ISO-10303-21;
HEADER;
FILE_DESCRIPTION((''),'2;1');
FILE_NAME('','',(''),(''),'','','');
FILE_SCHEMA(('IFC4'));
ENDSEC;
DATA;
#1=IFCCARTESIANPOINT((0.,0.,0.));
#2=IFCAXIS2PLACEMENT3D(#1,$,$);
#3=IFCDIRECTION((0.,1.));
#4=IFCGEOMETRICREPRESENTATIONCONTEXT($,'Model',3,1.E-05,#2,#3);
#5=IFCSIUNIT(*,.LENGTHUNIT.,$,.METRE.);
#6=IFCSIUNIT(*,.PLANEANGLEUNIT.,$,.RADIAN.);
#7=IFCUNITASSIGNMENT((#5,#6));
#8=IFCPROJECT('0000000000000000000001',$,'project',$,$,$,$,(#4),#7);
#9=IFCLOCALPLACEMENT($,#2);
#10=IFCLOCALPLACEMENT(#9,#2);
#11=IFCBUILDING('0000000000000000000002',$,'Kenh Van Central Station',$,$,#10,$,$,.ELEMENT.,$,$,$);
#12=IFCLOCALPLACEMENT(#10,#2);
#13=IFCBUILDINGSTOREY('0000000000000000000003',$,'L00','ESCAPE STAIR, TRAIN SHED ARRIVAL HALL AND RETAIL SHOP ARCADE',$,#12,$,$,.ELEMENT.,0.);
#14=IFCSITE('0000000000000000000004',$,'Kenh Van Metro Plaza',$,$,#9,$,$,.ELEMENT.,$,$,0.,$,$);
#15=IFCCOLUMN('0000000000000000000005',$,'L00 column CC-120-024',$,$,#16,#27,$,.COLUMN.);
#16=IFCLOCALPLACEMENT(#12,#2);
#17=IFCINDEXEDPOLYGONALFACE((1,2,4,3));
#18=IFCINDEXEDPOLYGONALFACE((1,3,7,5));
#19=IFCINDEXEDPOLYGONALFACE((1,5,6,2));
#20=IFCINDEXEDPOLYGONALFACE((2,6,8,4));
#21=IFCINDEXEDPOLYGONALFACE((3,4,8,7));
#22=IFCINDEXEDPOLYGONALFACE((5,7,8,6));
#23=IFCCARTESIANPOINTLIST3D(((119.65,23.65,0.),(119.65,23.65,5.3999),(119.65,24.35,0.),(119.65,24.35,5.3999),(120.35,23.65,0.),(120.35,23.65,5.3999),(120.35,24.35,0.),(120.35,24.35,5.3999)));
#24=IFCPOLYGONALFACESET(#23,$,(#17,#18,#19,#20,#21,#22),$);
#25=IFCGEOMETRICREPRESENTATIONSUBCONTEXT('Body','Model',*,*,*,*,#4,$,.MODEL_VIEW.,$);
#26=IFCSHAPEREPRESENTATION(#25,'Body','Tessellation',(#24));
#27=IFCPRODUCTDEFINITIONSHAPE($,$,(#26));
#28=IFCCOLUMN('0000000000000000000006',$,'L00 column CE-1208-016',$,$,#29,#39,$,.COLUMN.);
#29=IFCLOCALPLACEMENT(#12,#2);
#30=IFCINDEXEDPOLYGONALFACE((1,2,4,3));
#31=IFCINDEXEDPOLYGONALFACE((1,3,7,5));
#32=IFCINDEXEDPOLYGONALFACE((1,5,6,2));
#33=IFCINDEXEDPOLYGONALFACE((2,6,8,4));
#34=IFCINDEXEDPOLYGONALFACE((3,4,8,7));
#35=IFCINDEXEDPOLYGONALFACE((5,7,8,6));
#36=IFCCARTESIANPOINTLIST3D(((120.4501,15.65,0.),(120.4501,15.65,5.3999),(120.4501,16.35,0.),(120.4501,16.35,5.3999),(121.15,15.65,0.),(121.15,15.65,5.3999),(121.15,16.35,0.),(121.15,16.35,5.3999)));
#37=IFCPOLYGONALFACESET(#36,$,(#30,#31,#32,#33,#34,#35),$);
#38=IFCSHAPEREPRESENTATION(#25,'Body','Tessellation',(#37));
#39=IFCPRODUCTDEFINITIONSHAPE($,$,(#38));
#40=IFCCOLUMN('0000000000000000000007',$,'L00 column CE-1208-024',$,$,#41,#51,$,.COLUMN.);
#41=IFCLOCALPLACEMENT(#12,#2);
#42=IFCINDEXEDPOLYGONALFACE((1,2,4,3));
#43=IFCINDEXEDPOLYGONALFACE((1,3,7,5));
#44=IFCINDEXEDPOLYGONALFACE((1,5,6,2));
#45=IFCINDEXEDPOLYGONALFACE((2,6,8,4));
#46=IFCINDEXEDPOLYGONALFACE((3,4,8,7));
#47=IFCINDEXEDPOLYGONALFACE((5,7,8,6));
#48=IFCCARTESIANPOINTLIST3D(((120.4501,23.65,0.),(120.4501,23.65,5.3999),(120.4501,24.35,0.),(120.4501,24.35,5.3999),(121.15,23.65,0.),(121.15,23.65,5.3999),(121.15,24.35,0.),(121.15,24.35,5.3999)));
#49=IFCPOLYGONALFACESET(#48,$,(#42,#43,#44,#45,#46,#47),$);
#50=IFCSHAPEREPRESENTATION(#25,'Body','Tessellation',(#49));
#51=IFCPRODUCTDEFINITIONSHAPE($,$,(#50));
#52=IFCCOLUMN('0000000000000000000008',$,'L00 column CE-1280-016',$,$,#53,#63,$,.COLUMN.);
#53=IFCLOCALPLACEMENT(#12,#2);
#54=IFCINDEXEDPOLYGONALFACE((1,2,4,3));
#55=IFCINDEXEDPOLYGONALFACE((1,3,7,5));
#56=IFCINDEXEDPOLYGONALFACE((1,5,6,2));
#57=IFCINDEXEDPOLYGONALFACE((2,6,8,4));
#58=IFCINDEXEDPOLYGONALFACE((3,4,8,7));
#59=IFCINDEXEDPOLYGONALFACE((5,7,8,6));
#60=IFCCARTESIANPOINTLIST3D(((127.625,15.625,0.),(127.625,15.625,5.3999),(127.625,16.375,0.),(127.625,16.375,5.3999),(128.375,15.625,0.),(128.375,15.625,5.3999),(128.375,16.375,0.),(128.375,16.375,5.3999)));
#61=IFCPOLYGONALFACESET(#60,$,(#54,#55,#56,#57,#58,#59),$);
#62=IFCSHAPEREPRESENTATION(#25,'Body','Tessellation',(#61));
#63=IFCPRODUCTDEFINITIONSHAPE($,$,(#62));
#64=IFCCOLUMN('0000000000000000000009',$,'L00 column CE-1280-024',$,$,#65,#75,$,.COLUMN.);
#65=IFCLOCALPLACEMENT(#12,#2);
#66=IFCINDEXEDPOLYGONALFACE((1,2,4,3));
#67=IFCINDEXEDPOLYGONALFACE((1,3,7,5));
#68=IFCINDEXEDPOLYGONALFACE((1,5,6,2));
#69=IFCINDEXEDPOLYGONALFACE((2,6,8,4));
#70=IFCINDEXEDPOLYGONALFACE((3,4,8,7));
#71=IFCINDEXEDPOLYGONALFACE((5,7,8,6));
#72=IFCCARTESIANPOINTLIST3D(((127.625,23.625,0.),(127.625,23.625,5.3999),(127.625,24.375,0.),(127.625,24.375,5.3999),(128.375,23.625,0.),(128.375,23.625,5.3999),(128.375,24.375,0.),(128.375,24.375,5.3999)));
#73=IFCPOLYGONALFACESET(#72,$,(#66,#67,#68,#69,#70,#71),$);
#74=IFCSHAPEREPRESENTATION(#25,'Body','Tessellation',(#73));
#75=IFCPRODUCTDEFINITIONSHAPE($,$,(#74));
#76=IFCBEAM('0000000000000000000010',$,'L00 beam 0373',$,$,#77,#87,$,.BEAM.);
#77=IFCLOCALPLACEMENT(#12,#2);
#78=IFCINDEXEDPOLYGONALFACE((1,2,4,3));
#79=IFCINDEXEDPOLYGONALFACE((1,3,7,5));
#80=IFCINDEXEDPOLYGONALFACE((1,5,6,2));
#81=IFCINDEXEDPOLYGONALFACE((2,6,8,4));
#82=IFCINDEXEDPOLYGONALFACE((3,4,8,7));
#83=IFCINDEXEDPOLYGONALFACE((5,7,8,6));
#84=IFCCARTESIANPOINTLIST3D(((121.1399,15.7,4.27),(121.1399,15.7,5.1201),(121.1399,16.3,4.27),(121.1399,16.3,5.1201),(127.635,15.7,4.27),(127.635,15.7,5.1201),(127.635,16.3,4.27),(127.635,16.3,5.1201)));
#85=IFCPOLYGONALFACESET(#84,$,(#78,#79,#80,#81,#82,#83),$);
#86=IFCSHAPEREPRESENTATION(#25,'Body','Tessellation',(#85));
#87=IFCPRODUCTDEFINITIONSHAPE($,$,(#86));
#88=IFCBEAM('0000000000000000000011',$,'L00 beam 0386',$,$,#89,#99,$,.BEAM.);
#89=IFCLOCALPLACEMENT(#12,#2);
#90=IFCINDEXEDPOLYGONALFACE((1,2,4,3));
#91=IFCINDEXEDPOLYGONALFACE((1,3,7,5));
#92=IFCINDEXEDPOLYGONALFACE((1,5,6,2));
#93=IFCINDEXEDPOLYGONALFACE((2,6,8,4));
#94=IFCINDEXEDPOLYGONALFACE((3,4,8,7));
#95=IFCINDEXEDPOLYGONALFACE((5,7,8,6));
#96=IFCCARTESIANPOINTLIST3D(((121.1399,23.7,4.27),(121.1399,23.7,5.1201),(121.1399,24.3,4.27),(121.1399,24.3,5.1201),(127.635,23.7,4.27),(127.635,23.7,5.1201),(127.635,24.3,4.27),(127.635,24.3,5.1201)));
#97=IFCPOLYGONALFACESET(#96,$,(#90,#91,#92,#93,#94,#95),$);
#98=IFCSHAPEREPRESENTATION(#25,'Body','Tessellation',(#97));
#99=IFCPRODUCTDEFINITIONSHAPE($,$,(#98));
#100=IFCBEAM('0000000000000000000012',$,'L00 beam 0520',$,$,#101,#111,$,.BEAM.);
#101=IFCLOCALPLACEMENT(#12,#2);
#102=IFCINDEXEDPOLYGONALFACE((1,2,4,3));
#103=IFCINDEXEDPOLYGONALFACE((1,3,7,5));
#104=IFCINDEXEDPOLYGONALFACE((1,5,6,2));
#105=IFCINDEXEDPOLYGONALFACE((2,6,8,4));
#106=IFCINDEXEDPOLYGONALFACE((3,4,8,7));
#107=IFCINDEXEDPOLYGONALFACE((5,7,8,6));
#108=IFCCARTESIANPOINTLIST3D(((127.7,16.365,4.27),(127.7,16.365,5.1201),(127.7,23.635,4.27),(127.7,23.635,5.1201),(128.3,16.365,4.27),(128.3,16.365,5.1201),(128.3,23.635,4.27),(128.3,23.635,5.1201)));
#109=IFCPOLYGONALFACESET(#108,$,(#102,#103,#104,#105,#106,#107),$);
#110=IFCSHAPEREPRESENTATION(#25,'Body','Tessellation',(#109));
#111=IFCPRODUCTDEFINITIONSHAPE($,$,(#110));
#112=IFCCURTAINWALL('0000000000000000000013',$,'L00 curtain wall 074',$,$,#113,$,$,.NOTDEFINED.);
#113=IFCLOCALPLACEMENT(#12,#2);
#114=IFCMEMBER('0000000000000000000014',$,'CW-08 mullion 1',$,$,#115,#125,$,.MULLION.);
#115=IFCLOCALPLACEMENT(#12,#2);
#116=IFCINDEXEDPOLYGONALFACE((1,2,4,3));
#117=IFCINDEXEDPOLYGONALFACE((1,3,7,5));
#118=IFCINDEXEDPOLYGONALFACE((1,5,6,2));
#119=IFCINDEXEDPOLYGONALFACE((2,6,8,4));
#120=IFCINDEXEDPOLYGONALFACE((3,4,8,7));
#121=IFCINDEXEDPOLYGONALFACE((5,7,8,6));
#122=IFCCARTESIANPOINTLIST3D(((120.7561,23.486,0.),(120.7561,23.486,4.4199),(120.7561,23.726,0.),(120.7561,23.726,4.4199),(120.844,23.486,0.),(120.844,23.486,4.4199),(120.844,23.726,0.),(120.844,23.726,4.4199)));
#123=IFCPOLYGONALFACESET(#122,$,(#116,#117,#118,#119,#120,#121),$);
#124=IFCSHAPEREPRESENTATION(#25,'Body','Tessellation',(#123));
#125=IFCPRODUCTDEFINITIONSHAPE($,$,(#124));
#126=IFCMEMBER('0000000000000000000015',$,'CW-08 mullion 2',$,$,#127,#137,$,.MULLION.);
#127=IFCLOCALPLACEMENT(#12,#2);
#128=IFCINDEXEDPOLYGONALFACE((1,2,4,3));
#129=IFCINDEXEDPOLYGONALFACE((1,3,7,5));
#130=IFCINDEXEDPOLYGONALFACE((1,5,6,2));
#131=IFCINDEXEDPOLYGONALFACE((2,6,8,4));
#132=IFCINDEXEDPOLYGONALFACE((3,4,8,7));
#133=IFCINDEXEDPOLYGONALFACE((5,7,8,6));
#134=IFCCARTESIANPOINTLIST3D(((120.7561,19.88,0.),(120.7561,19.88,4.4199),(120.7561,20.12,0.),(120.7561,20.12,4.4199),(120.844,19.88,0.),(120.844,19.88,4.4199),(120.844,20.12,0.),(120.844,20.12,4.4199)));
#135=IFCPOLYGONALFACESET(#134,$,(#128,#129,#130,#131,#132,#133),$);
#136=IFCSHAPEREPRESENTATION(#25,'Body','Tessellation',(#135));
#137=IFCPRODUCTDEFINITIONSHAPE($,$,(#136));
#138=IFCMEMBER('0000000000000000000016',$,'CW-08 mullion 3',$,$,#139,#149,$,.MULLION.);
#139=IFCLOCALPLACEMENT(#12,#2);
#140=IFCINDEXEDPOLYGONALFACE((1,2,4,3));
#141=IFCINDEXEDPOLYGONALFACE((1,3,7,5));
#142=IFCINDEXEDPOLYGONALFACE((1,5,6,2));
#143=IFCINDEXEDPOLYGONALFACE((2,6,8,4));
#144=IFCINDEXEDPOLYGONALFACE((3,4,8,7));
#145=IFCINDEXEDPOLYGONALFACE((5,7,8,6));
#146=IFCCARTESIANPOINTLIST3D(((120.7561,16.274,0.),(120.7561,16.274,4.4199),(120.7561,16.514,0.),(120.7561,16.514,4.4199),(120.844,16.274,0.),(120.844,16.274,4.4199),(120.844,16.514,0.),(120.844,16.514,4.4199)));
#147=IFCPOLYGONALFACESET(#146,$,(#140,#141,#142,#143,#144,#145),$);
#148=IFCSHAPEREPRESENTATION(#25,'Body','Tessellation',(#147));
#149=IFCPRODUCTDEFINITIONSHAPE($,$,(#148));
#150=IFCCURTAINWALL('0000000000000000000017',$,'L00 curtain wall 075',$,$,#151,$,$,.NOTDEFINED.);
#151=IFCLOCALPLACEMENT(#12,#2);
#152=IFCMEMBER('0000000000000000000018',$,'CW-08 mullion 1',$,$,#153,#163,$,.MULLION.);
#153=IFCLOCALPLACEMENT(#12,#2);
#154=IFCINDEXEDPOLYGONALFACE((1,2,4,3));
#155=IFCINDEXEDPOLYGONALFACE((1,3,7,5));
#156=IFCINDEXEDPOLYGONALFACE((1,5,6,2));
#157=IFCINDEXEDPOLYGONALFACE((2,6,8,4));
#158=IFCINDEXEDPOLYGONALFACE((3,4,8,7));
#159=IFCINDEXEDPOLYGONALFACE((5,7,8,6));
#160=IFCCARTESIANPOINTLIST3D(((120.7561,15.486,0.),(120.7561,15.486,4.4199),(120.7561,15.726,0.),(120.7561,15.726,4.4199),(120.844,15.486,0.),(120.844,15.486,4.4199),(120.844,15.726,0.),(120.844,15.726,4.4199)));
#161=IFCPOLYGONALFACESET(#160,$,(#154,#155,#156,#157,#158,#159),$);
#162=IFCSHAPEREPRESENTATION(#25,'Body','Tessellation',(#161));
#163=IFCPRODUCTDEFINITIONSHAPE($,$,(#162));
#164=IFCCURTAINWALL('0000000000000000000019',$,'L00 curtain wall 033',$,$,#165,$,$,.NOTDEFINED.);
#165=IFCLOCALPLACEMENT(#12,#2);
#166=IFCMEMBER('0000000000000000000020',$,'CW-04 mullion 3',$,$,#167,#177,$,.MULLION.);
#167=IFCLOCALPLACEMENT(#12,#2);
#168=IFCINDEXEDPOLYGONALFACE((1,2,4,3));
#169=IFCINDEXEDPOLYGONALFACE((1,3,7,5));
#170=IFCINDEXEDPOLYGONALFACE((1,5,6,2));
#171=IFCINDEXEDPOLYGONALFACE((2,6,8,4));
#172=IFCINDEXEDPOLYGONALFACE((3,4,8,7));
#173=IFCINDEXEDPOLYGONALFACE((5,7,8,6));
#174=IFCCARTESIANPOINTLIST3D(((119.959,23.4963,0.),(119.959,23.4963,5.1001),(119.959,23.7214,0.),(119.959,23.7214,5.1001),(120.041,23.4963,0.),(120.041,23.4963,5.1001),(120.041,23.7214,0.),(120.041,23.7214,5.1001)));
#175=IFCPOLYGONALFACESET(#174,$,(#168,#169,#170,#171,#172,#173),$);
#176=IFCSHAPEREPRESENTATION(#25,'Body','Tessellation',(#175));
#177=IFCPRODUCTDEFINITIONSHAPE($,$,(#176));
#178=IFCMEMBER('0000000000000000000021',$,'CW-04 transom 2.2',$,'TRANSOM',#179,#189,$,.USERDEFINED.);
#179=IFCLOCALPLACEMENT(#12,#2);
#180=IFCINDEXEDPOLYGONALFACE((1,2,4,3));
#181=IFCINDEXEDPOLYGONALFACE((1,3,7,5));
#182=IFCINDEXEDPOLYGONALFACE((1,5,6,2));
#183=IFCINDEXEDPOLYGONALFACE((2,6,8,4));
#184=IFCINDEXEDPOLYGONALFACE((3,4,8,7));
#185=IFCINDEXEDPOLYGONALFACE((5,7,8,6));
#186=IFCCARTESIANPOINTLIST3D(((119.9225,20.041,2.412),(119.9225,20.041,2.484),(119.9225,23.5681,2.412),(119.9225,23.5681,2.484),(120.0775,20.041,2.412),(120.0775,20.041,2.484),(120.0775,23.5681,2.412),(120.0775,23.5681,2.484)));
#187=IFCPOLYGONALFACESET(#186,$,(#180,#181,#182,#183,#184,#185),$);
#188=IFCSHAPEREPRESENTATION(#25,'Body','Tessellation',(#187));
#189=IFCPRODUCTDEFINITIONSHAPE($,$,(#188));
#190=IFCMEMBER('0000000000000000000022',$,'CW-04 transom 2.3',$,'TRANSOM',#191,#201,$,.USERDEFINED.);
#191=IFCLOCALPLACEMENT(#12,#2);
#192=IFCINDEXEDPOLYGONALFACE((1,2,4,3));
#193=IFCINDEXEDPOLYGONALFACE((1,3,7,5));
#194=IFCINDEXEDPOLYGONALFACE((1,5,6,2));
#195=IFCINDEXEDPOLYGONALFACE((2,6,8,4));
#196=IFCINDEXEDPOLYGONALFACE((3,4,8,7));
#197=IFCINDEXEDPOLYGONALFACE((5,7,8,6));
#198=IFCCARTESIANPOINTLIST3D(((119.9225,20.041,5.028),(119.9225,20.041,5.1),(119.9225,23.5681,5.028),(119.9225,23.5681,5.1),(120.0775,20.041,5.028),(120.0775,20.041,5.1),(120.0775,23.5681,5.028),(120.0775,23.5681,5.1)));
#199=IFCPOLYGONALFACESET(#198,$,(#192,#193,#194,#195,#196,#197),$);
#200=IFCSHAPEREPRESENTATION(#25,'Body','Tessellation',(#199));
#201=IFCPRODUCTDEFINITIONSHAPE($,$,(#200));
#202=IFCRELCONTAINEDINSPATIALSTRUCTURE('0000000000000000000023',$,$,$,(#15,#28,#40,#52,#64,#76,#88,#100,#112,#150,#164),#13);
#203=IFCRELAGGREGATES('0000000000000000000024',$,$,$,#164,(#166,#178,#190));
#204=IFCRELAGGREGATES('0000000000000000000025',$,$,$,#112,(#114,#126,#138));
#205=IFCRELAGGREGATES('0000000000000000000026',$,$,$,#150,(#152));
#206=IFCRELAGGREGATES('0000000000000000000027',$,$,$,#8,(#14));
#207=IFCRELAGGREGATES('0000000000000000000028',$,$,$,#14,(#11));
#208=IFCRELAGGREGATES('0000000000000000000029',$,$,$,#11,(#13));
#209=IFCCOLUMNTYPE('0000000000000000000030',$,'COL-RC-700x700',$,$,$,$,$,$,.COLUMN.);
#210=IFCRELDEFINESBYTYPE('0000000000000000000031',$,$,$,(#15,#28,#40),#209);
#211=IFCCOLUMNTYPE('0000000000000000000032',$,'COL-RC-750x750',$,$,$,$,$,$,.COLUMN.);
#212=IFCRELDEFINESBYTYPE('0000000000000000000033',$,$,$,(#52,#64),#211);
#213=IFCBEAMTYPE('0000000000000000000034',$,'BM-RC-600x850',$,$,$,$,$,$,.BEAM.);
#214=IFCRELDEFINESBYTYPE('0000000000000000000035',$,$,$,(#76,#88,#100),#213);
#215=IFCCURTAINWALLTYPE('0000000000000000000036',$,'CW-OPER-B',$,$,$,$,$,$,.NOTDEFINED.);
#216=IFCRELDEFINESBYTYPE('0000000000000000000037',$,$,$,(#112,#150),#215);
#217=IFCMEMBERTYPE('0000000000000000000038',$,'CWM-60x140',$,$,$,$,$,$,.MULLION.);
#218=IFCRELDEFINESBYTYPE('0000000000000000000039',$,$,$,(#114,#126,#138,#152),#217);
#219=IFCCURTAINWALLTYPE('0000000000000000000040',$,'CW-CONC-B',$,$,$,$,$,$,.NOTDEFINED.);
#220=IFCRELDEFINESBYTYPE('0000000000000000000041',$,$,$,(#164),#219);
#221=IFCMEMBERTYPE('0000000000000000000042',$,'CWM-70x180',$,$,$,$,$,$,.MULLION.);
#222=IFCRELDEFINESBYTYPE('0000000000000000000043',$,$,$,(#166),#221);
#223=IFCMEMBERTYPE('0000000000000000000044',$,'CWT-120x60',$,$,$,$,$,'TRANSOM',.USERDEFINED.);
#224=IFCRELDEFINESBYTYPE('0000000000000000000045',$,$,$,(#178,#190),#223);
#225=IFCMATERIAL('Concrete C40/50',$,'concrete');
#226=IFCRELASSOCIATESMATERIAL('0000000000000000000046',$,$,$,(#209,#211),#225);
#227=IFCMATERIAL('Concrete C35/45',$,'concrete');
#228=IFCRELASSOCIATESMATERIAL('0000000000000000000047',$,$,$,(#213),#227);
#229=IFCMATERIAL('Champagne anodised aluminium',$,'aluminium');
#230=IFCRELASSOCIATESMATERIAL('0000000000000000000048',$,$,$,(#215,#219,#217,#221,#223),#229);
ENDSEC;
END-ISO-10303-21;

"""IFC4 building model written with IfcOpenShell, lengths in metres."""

from ifc_helpers import new_model, si_unit, direction, frame, origin, origin_2d, place, context, subcontext, project, spatial, rectangle, extrude, material, material_profile, profile_set, type_object, element, aggregate, save


model = new_model("IFC4")

# Units and contexts
model_context = context("Model", 3, precision=1e-05, world=origin(), true_north=direction((0.0, 1.0)))
body_context = subcontext(model_context, "Body", "Model", "MODEL_VIEW")
ifc_project = project(units=[si_unit("LENGTHUNIT", "METRE"), si_unit("PLANEANGLEUNIT", "RADIAN")], contexts=[model_context])

# Site, building, storey
site_placement = place(None, origin())
site = spatial("IfcSite", under=ifc_project, at=site_placement, Name="Kenh Van Metro Plaza", CompositionType="ELEMENT", RefElevation=0.0)
building_placement = place(site_placement, origin())
building = spatial("IfcBuilding", under=site, at=building_placement, Name="Kenh Van Central Station", CompositionType="ELEMENT")
storey_placement = place(building_placement, origin())
storey = spatial("IfcBuildingStorey", under=building, at=storey_placement, Name="L00", Description="ESCAPE STAIR, TRAIN SHED ARRIVAL HALL AND RETAIL SHOP ARCADE", CompositionType="ELEMENT", Elevation=0.0)

# Columns
ifc_material_1 = material(Name="Concrete C40/50", Category="concrete")
ifc_material_profile_1 = material_profile(ifc_material_1, rectangle(XDim=0.7, YDim=0.7, at=origin_2d()), Name="RC 700x700")
ifc_profile_set_1 = profile_set([ifc_material_profile_1], Name="Concrete C40/50")
column_type_1 = type_object("IfcColumnType", Name="COL-RC-700x700", PredefinedType="COLUMN", material=ifc_profile_set_1)
for number, where, z_axis, x_axis, name in (
    (1, (120.0, 24.0, 0.0), (0.0, 0.0, 1.0), (1.0, 0.0, 0.0), "L00 column CC-120-024"),
    (2, (120.8, 16.0, 0.0), (0.0, 0.0, 1.0), (1.0, 0.0, 0.0), "L00 column CE-1208-016"),
    (3, (120.8, 24.0, 0.0), (0.0, 0.0, 1.0), (1.0, 0.0, 0.0), "L00 column CE-1208-024"),
):
    element("IfcColumn", number, at=place(storey_placement, frame(where, z_axis=z_axis, x_axis=x_axis)), inside=storey, type_object=column_type_1, Name=name, PredefinedType="COLUMN", context=body_context, shape_type="SweptSolid", body=[
        extrude(rectangle(XDim=0.7, YDim=0.7, at=origin_2d()), origin(), (0.0, 0.0, 1.0), 5.3999),
    ])
ifc_material_profile_2 = material_profile(ifc_material_1, rectangle(XDim=0.75, YDim=0.75, at=origin_2d()), Name="RC 750x750")
ifc_profile_set_2 = profile_set([ifc_material_profile_2], Name="Concrete C40/50")
column_type_2 = type_object("IfcColumnType", Name="COL-RC-750x750", PredefinedType="COLUMN", material=ifc_profile_set_2)
for number, where, z_axis, x_axis, name in (
    (4, (128.0, 16.0, 0.0), (0.0, 0.0, 1.0), (1.0, 0.0, 0.0), "L00 column CE-1280-016"),
    (5, (128.0, 24.0, 0.0), (0.0, 0.0, 1.0), (1.0, 0.0, 0.0), "L00 column CE-1280-024"),
):
    element("IfcColumn", number, at=place(storey_placement, frame(where, z_axis=z_axis, x_axis=x_axis)), inside=storey, type_object=column_type_2, Name=name, PredefinedType="COLUMN", context=body_context, shape_type="SweptSolid", body=[
        extrude(rectangle(XDim=0.75, YDim=0.75, at=origin_2d()), origin(), (0.0, 0.0, 1.0), 5.3999),
    ])

# Beams
ifc_material_2 = material(Name="Concrete C35/45", Category="concrete")
ifc_material_profile_3 = material_profile(ifc_material_2, rectangle(XDim=0.6001, YDim=0.8501, at=origin_2d()), Name="RC 600x850")
ifc_profile_set_3 = profile_set([ifc_material_profile_3], Name="Concrete C35/45")
beam_type_1 = type_object("IfcBeamType", Name="BM-RC-600x850", PredefinedType="BEAM", material=ifc_profile_set_3)
for number, where, z_axis, x_axis, name in (
    (6, (121.1399, 16.0, 4.6951), (1.0, 0.0, 0.0), (0.0, 1.0, 0.0), "L00 beam 0373"),
    (7, (121.1399, 24.0, 4.6951), (1.0, 0.0, 0.0), (0.0, 1.0, 0.0), "L00 beam 0386"),
):
    element("IfcBeam", number, at=place(storey_placement, frame(where, z_axis=z_axis, x_axis=x_axis)), inside=storey, type_object=beam_type_1, Name=name, PredefinedType="BEAM", context=body_context, shape_type="SweptSolid", body=[
        extrude(rectangle(XDim=0.6001, YDim=0.8501, at=origin_2d()), origin(), (0.0, 0.0, 1.0), 6.4951),
    ])
beam_1_placement = place(storey_placement, frame((128.0, 16.365, 4.6951), z_axis=(0.0, 1.0, 0.0), x_axis=(-1.0, 0.0, 0.0)))
element("IfcBeam", 8, at=beam_1_placement, inside=storey, type_object=beam_type_1, Name="L00 beam 0520", PredefinedType="BEAM", context=body_context, shape_type="SweptSolid", body=[
    extrude(rectangle(XDim=0.6001, YDim=0.8501, at=origin_2d()), origin(), (0.0, 0.0, 1.0), 7.27),
])

# Curtain wall, members
ifc_material_3 = material(Name="Champagne anodised aluminium", Category="aluminium")
curtain_wall_type_1 = type_object("IfcCurtainWallType", Name="CW-OPER-B", PredefinedType="NOTDEFINED", material=ifc_material_3)
curtain_wall_1_placement = place(storey_placement, origin())
curtain_wall_1 = element("IfcCurtainWall", 9, at=curtain_wall_1_placement, inside=storey, type_object=curtain_wall_type_1, Name="L00 curtain wall 074", PredefinedType="NOTDEFINED")
ifc_material_profile_4 = material_profile(ifc_material_3, rectangle(XDim=0.0879, YDim=0.24, at=origin_2d()), Name="AL 88x240")
ifc_profile_set_4 = profile_set([ifc_material_profile_4], Name="Champagne anodised aluminium")
member_type_1 = type_object("IfcMemberType", Name="CWM-60x140", PredefinedType="MULLION", material=ifc_profile_set_4)
member_1_placement = place(storey_placement, frame((120.8, 23.606, 0.0), z_axis=(0.0, 0.0, 1.0), x_axis=(1.0, 0.0, 0.0)))
member_1 = element("IfcMember", 10, at=member_1_placement, type_object=member_type_1, Name="CW-08 mullion 1", PredefinedType="MULLION", context=body_context, shape_type="SweptSolid", body=[
    extrude(rectangle(XDim=0.0879, YDim=0.24, at=origin_2d()), origin(), (0.0, 0.0, 1.0), 4.4199),
])
member_2_placement = place(storey_placement, frame((120.8, 20.0, 0.0), z_axis=(0.0, 0.0, 1.0), x_axis=(1.0, 0.0, 0.0)))
member_2 = element("IfcMember", 11, at=member_2_placement, type_object=member_type_1, Name="CW-08 mullion 2", PredefinedType="MULLION", context=body_context, shape_type="SweptSolid", body=[
    extrude(rectangle(XDim=0.0879, YDim=0.24, at=origin_2d()), origin(), (0.0, 0.0, 1.0), 4.4199),
])
member_3_placement = place(storey_placement, frame((120.8, 16.394, 0.0), z_axis=(0.0, 0.0, 1.0), x_axis=(1.0, 0.0, 0.0)))
member_3 = element("IfcMember", 12, at=member_3_placement, type_object=member_type_1, Name="CW-08 mullion 3", PredefinedType="MULLION", context=body_context, shape_type="SweptSolid", body=[
    extrude(rectangle(XDim=0.0879, YDim=0.24, at=origin_2d()), origin(), (0.0, 0.0, 1.0), 4.4199),
])

# Curtain wall, member
curtain_wall_2_placement = place(storey_placement, origin())
curtain_wall_2 = element("IfcCurtainWall", 13, at=curtain_wall_2_placement, inside=storey, type_object=curtain_wall_type_1, Name="L00 curtain wall 075", PredefinedType="NOTDEFINED")
member_4_placement = place(storey_placement, frame((120.8, 15.606, 0.0), z_axis=(0.0, 0.0, 1.0), x_axis=(1.0, 0.0, 0.0)))
member_4 = element("IfcMember", 14, at=member_4_placement, type_object=member_type_1, Name="CW-08 mullion 1", PredefinedType="MULLION", context=body_context, shape_type="SweptSolid", body=[
    extrude(rectangle(XDim=0.0879, YDim=0.24, at=origin_2d()), origin(), (0.0, 0.0, 1.0), 4.4199),
])

# Curtain wall, members
curtain_wall_type_2 = type_object("IfcCurtainWallType", Name="CW-CONC-B", PredefinedType="NOTDEFINED", material=ifc_material_3)
curtain_wall_3_placement = place(storey_placement, origin())
curtain_wall_3 = element("IfcCurtainWall", 15, at=curtain_wall_3_placement, inside=storey, type_object=curtain_wall_type_2, Name="L00 curtain wall 033", PredefinedType="NOTDEFINED")
ifc_material_profile_5 = material_profile(ifc_material_3, rectangle(XDim=0.082, YDim=0.2251, at=origin_2d()), Name="AL 82x225")
ifc_profile_set_5 = profile_set([ifc_material_profile_5], Name="Champagne anodised aluminium")
member_type_2 = type_object("IfcMemberType", Name="CWM-70x180", PredefinedType="MULLION", material=ifc_profile_set_5)
member_5_placement = place(storey_placement, frame((120.0, 23.6089, 0.0), z_axis=(0.0, 0.0, 1.0), x_axis=(-1.0, 0.0, 0.0)))
member_5 = element("IfcMember", 16, at=member_5_placement, type_object=member_type_2, Name="CW-04 mullion 3", PredefinedType="MULLION", context=body_context, shape_type="SweptSolid", body=[
    extrude(rectangle(XDim=0.082, YDim=0.2251, at=origin_2d()), origin(), (0.0, 0.0, 1.0), 5.1001),
])
ifc_material_profile_6 = material_profile(ifc_material_3, rectangle(XDim=0.155, YDim=0.072, at=origin_2d()), Name="AL 155x72")
ifc_profile_set_6 = profile_set([ifc_material_profile_6], Name="Champagne anodised aluminium")
member_type_3 = type_object("IfcMemberType", Name="CWT-120x60", ElementType="TRANSOM", PredefinedType="USERDEFINED", material=ifc_profile_set_6)
member_6_placement = place(storey_placement, frame((120.0, 20.041, 2.448), z_axis=(0.0, 1.0, 0.0), x_axis=(-1.0, 0.0, 0.0)))
member_6 = element("IfcMember", 17, at=member_6_placement, type_object=member_type_3, Name="CW-04 transom 2.2", ObjectType="TRANSOM", PredefinedType="USERDEFINED", context=body_context, shape_type="SweptSolid", body=[
    extrude(rectangle(XDim=0.155, YDim=0.072, at=origin_2d()), origin(), (0.0, 0.0, 1.0), 3.5271),
])
member_7_placement = place(storey_placement, frame((120.0, 20.041, 5.064), z_axis=(0.0, 1.0, 0.0), x_axis=(-1.0, 0.0, 0.0)))
member_7 = element("IfcMember", 18, at=member_7_placement, type_object=member_type_3, Name="CW-04 transom 2.3", ObjectType="TRANSOM", PredefinedType="USERDEFINED", context=body_context, shape_type="SweptSolid", body=[
    extrude(rectangle(XDim=0.155, YDim=0.072, at=origin_2d()), origin(), (0.0, 0.0, 1.0), 3.5271),
])

aggregate(curtain_wall_3, [member_5, member_6, member_7])
aggregate(curtain_wall_1, [member_1, member_2, member_3])
aggregate(curtain_wall_2, [member_4])

save(model, "model.ifc")
